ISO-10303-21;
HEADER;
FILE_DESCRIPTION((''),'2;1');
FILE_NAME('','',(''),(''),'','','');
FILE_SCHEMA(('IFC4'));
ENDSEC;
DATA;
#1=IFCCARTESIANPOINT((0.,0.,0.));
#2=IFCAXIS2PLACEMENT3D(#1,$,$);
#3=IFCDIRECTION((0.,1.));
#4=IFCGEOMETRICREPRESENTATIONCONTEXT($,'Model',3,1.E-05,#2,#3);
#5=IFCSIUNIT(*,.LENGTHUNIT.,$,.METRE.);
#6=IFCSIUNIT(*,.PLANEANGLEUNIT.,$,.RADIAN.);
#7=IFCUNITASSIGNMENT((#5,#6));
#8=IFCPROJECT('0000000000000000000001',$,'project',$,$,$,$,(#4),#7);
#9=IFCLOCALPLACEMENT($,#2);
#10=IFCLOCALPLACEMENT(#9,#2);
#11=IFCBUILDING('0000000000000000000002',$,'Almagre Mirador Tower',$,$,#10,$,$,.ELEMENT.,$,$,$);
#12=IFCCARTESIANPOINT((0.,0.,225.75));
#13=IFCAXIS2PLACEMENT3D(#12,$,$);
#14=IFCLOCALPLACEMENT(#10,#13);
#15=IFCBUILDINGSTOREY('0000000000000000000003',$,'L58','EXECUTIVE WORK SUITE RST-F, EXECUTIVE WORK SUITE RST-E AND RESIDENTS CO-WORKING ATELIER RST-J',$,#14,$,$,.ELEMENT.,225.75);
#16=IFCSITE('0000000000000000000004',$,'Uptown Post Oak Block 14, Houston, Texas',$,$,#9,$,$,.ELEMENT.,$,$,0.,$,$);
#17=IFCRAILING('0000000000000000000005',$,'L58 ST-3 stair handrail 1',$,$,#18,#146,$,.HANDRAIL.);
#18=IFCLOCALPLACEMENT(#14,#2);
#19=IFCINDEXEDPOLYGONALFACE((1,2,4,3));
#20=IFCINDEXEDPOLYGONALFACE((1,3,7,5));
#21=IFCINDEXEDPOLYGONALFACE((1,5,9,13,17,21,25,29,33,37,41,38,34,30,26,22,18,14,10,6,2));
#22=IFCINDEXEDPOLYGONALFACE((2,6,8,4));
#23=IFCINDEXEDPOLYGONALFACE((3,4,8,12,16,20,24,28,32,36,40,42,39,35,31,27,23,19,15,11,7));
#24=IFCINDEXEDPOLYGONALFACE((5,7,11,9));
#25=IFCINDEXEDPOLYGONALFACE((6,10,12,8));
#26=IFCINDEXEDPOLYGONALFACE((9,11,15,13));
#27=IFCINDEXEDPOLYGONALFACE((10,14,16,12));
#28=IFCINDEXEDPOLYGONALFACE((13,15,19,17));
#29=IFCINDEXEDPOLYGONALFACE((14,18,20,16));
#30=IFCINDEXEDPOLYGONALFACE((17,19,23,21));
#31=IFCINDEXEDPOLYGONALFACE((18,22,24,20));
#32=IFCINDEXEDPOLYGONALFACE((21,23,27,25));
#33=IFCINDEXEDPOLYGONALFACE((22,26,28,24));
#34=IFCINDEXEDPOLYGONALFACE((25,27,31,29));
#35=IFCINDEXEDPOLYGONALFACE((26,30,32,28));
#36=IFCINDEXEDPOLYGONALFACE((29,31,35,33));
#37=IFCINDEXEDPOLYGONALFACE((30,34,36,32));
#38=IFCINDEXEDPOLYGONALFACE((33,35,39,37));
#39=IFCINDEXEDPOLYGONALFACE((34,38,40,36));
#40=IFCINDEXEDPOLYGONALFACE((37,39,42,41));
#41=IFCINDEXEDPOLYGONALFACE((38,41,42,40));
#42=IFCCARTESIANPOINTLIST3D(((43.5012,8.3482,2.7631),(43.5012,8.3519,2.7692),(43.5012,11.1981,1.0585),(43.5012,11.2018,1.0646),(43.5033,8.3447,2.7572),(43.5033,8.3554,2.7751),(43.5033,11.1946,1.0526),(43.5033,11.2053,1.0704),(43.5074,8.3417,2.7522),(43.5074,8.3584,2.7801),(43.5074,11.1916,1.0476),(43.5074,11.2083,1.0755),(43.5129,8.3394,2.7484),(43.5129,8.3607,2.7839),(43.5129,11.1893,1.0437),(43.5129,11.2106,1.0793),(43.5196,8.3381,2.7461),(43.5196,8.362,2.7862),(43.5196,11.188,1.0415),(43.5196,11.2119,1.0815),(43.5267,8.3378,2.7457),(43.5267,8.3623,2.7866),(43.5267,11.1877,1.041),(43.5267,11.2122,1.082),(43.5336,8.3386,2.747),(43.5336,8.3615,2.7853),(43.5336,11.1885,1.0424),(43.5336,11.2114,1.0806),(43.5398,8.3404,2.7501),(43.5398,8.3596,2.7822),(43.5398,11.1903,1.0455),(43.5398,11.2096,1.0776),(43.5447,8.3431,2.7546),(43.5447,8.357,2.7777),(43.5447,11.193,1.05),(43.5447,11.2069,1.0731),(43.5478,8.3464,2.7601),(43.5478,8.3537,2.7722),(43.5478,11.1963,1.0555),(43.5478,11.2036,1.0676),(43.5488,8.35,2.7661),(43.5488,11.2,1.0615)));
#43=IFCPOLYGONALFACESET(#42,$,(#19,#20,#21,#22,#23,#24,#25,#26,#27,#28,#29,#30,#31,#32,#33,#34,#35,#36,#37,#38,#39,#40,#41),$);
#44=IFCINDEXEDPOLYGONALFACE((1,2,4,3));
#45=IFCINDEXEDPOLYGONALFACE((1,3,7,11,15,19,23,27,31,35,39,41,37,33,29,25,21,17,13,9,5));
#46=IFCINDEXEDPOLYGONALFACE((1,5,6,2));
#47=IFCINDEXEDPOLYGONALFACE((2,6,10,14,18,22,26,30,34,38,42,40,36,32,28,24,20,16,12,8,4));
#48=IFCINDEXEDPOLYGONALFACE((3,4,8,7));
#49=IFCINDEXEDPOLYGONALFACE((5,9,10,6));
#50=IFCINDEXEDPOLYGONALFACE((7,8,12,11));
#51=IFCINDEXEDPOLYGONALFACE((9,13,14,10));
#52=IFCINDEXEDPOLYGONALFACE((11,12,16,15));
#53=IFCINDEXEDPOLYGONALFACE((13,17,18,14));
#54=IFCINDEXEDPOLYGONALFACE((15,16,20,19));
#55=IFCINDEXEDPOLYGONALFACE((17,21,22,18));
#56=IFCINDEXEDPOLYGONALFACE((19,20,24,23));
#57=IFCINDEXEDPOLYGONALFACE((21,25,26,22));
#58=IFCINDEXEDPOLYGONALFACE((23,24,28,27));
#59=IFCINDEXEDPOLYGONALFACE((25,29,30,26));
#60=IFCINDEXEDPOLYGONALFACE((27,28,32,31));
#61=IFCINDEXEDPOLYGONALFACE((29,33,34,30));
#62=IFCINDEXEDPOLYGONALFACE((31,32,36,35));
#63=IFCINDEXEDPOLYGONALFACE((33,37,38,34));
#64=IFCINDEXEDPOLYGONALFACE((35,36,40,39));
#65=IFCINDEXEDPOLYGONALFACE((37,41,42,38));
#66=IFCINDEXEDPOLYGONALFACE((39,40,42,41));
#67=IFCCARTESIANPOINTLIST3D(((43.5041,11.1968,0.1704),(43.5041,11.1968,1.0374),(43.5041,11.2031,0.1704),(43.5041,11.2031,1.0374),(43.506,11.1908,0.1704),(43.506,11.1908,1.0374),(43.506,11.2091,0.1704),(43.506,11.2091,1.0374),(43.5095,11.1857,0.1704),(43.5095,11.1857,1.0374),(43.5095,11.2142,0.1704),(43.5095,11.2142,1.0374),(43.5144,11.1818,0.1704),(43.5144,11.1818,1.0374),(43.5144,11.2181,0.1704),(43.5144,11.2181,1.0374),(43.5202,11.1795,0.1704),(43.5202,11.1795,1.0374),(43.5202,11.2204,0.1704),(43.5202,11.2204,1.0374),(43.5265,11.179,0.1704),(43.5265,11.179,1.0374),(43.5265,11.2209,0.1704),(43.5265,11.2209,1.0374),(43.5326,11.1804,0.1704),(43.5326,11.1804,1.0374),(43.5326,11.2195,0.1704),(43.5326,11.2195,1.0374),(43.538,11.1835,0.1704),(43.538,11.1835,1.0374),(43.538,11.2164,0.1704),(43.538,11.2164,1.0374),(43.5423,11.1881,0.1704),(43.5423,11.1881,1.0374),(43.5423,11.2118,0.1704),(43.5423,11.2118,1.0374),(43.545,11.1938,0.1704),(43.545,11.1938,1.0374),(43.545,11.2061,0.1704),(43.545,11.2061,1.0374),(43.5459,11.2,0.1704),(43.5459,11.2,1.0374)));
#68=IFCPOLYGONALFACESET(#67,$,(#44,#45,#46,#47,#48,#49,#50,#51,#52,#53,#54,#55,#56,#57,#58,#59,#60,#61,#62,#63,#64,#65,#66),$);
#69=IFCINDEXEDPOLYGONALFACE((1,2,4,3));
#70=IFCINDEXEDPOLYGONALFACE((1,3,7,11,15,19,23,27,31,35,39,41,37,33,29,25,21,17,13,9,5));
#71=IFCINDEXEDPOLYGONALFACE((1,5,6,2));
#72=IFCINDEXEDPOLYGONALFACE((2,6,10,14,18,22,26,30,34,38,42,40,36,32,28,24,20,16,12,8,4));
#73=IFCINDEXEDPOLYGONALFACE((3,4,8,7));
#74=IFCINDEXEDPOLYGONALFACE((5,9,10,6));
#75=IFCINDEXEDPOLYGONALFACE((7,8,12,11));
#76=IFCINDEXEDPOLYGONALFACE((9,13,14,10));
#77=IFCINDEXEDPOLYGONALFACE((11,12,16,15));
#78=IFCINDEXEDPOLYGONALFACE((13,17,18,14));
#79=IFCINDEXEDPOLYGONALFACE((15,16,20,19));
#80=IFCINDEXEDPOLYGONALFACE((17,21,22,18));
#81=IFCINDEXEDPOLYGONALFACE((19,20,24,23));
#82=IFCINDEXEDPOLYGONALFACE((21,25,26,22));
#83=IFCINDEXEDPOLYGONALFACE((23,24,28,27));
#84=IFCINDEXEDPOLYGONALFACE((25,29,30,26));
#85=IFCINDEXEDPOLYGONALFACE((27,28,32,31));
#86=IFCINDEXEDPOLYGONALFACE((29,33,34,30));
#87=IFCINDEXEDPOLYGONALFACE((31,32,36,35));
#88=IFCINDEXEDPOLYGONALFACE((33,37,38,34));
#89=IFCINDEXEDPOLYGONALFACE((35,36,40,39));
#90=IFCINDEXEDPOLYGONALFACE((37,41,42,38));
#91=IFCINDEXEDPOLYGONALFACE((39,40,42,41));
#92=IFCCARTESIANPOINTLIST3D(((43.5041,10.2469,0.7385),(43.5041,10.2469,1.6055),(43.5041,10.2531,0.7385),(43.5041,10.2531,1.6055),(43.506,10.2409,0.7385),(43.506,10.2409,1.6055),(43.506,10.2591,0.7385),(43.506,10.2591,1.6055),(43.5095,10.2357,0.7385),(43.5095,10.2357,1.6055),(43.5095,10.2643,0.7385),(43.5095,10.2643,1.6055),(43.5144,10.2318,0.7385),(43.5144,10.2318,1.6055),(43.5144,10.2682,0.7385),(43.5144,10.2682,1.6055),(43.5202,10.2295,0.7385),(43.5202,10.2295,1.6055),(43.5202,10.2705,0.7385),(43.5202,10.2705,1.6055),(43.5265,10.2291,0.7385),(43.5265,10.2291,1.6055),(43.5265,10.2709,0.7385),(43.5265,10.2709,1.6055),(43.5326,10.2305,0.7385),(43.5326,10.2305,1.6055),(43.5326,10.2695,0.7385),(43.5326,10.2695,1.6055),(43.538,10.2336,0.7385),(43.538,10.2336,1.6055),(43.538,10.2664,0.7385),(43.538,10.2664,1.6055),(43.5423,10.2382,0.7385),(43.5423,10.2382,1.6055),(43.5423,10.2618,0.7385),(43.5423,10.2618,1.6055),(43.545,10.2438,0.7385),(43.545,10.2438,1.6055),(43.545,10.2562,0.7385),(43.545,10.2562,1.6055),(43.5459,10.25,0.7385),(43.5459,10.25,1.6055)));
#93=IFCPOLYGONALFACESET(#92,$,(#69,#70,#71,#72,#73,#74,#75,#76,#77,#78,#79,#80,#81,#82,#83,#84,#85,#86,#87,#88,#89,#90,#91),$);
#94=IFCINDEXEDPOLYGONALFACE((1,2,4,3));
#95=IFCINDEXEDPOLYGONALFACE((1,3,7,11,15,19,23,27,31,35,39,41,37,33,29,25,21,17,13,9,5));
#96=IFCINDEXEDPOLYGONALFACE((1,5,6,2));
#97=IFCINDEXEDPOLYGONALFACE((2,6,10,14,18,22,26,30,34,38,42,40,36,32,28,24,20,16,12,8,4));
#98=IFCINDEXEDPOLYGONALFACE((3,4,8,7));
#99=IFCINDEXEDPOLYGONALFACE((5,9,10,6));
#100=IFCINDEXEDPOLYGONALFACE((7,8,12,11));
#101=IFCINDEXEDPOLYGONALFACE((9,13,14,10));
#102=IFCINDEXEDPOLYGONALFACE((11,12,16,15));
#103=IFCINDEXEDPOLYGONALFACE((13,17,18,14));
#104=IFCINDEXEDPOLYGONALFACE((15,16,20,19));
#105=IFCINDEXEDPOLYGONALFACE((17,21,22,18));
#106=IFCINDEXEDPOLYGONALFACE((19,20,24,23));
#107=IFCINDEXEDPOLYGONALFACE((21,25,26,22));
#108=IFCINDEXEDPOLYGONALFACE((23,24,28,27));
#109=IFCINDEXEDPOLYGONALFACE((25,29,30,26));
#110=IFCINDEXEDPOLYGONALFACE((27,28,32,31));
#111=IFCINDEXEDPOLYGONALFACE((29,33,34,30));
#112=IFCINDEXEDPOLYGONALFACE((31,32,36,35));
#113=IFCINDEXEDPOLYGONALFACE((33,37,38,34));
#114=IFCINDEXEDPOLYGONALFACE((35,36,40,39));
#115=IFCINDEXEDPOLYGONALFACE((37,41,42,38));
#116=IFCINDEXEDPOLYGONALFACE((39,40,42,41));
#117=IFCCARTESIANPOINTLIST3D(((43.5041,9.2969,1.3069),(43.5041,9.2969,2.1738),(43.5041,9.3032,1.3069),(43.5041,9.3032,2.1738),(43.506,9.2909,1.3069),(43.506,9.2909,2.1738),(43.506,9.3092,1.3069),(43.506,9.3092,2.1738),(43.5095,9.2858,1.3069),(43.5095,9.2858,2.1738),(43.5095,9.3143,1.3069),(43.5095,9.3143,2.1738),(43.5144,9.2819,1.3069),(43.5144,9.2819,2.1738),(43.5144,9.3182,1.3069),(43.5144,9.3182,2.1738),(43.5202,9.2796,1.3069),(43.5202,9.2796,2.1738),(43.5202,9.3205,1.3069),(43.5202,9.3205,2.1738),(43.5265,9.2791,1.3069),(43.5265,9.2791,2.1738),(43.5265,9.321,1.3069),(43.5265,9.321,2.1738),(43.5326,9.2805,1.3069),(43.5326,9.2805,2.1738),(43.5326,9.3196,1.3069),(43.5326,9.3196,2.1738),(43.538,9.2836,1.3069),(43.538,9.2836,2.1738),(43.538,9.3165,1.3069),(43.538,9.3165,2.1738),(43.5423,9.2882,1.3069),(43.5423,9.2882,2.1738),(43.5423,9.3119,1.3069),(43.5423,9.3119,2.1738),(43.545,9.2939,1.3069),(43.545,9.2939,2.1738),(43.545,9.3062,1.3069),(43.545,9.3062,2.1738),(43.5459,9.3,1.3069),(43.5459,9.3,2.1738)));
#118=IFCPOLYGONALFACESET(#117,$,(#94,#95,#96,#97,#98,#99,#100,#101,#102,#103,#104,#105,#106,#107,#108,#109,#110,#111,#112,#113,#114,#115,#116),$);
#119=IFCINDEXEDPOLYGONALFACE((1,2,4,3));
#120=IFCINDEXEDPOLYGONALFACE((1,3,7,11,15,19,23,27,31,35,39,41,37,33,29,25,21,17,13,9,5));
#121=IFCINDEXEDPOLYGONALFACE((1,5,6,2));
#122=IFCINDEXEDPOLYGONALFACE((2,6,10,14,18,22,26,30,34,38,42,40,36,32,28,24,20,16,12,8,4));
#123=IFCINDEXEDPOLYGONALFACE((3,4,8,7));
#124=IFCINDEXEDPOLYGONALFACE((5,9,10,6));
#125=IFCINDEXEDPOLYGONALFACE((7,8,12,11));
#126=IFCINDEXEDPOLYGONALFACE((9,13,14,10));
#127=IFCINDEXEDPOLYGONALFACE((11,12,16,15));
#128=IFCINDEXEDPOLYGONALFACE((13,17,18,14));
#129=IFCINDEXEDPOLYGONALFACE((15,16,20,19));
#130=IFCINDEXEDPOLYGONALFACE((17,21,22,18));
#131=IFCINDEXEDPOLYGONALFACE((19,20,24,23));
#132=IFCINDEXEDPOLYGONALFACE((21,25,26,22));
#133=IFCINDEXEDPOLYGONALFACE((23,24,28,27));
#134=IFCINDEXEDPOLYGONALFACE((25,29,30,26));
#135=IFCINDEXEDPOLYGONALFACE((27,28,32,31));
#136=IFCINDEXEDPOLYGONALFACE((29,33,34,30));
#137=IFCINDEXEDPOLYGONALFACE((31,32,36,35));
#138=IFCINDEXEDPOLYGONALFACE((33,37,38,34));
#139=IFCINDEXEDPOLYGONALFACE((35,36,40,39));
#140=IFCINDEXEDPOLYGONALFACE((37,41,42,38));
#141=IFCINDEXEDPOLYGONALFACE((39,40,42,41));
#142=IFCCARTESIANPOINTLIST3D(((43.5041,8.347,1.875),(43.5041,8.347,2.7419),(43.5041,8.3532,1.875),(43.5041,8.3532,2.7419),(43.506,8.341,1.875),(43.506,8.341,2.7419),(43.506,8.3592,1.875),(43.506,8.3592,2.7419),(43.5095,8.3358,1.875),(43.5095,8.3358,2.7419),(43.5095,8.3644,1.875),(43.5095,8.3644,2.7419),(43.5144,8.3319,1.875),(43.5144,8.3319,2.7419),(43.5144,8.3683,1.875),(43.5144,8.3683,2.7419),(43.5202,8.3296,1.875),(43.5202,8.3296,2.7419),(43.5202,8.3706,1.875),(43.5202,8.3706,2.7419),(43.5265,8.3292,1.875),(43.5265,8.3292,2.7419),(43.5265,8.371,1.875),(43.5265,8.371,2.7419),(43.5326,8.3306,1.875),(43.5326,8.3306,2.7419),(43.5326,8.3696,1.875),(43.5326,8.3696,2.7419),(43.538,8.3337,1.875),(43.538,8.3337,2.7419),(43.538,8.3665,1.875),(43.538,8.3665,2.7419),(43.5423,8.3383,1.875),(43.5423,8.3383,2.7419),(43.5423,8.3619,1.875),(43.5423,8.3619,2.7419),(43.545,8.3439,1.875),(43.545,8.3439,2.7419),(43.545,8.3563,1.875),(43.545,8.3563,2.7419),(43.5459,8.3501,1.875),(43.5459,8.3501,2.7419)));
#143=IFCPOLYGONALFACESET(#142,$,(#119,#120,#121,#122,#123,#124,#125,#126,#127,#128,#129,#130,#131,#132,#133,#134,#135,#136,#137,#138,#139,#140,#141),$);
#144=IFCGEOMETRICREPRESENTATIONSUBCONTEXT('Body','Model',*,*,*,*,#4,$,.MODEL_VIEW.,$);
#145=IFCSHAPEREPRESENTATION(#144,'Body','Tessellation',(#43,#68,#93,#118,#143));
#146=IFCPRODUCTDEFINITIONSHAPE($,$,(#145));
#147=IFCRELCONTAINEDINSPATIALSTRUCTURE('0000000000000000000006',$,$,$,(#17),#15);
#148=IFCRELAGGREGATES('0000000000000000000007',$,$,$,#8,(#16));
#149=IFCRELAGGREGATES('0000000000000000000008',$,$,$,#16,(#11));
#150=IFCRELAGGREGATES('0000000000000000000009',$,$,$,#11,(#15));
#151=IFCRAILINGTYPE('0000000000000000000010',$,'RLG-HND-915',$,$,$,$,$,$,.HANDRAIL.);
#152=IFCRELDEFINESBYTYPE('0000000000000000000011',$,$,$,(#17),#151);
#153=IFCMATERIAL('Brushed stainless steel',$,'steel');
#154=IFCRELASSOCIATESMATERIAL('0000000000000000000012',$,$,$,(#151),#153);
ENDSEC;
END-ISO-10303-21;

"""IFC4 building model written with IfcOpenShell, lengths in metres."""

from ifc_helpers import new_model, si_unit, direction, frame, origin, origin_2d, place, context, subcontext, project, spatial, circle, extrude, material, type_object, element, save


model = new_model("IFC4")

# Units and contexts
model_context = context("Model", 3, precision=1e-05, world=origin(), true_north=direction((0.0, 1.0)))
body_context = subcontext(model_context, "Body", "Model", "MODEL_VIEW")
ifc_project = project(units=[si_unit("LENGTHUNIT", "METRE"), si_unit("PLANEANGLEUNIT", "RADIAN")], contexts=[model_context])

# Site, building, storey
site_placement = place(None, origin())
site = spatial("IfcSite", under=ifc_project, at=site_placement, Name="Uptown Post Oak Block 14, Houston, Texas", CompositionType="ELEMENT", RefElevation=0.0)
building_placement = place(site_placement, origin())
building = spatial("IfcBuilding", under=site, at=building_placement, Name="Almagre Mirador Tower", CompositionType="ELEMENT")
storey_placement = place(building_placement, frame((0.0, 0.0, 225.75)))
storey = spatial("IfcBuildingStorey", under=building, at=storey_placement, Name="L58", Description="EXECUTIVE WORK SUITE RST-F, EXECUTIVE WORK SUITE RST-E AND RESIDENTS CO-WORKING ATELIER RST-J", CompositionType="ELEMENT", Elevation=225.75)

# Railing
ifc_material_1 = material(Name="Brushed stainless steel", Category="steel")
railing_type_1 = type_object("IfcRailingType", Name="RLG-HND-915", PredefinedType="HANDRAIL", material=ifc_material_1)
railing_1_placement = place(storey_placement, frame((43.5249, 11.2, 0.1704)))
element("IfcRailing", 1, at=railing_1_placement, inside=storey, type_object=railing_type_1, Name="L58 ST-3 stair handrail 1", PredefinedType="HANDRAIL", context=body_context, shape_type="SweptSolid", body=[
    extrude(circle(Radius=0.0239, at=origin_2d()), frame((0.0, 0.0, 0.8911), z_axis=(0.0, -0.858199, 0.513317), x_axis=(1.0, 0.0, 0.0)), (0.0, 0.0, 1.0), 3.3208),
    extrude(circle(Radius=0.021, at=origin_2d()), origin(), (0.0, 0.0, 1.0), 0.8669),
    extrude(circle(Radius=0.021, at=origin_2d()), frame((0.0, -0.95, 0.5681)), (0.0, 0.0, 1.0), 0.8669),
    extrude(circle(Radius=0.021, at=origin_2d()), frame((0.0, -1.8999, 1.1365)), (0.0, 0.0, 1.0), 0.8669),
    extrude(circle(Radius=0.021, at=origin_2d()), frame((0.0, -2.8499, 1.7046)), (0.0, 0.0, 1.0), 0.8669),
])

save(model, "model.ifc")
